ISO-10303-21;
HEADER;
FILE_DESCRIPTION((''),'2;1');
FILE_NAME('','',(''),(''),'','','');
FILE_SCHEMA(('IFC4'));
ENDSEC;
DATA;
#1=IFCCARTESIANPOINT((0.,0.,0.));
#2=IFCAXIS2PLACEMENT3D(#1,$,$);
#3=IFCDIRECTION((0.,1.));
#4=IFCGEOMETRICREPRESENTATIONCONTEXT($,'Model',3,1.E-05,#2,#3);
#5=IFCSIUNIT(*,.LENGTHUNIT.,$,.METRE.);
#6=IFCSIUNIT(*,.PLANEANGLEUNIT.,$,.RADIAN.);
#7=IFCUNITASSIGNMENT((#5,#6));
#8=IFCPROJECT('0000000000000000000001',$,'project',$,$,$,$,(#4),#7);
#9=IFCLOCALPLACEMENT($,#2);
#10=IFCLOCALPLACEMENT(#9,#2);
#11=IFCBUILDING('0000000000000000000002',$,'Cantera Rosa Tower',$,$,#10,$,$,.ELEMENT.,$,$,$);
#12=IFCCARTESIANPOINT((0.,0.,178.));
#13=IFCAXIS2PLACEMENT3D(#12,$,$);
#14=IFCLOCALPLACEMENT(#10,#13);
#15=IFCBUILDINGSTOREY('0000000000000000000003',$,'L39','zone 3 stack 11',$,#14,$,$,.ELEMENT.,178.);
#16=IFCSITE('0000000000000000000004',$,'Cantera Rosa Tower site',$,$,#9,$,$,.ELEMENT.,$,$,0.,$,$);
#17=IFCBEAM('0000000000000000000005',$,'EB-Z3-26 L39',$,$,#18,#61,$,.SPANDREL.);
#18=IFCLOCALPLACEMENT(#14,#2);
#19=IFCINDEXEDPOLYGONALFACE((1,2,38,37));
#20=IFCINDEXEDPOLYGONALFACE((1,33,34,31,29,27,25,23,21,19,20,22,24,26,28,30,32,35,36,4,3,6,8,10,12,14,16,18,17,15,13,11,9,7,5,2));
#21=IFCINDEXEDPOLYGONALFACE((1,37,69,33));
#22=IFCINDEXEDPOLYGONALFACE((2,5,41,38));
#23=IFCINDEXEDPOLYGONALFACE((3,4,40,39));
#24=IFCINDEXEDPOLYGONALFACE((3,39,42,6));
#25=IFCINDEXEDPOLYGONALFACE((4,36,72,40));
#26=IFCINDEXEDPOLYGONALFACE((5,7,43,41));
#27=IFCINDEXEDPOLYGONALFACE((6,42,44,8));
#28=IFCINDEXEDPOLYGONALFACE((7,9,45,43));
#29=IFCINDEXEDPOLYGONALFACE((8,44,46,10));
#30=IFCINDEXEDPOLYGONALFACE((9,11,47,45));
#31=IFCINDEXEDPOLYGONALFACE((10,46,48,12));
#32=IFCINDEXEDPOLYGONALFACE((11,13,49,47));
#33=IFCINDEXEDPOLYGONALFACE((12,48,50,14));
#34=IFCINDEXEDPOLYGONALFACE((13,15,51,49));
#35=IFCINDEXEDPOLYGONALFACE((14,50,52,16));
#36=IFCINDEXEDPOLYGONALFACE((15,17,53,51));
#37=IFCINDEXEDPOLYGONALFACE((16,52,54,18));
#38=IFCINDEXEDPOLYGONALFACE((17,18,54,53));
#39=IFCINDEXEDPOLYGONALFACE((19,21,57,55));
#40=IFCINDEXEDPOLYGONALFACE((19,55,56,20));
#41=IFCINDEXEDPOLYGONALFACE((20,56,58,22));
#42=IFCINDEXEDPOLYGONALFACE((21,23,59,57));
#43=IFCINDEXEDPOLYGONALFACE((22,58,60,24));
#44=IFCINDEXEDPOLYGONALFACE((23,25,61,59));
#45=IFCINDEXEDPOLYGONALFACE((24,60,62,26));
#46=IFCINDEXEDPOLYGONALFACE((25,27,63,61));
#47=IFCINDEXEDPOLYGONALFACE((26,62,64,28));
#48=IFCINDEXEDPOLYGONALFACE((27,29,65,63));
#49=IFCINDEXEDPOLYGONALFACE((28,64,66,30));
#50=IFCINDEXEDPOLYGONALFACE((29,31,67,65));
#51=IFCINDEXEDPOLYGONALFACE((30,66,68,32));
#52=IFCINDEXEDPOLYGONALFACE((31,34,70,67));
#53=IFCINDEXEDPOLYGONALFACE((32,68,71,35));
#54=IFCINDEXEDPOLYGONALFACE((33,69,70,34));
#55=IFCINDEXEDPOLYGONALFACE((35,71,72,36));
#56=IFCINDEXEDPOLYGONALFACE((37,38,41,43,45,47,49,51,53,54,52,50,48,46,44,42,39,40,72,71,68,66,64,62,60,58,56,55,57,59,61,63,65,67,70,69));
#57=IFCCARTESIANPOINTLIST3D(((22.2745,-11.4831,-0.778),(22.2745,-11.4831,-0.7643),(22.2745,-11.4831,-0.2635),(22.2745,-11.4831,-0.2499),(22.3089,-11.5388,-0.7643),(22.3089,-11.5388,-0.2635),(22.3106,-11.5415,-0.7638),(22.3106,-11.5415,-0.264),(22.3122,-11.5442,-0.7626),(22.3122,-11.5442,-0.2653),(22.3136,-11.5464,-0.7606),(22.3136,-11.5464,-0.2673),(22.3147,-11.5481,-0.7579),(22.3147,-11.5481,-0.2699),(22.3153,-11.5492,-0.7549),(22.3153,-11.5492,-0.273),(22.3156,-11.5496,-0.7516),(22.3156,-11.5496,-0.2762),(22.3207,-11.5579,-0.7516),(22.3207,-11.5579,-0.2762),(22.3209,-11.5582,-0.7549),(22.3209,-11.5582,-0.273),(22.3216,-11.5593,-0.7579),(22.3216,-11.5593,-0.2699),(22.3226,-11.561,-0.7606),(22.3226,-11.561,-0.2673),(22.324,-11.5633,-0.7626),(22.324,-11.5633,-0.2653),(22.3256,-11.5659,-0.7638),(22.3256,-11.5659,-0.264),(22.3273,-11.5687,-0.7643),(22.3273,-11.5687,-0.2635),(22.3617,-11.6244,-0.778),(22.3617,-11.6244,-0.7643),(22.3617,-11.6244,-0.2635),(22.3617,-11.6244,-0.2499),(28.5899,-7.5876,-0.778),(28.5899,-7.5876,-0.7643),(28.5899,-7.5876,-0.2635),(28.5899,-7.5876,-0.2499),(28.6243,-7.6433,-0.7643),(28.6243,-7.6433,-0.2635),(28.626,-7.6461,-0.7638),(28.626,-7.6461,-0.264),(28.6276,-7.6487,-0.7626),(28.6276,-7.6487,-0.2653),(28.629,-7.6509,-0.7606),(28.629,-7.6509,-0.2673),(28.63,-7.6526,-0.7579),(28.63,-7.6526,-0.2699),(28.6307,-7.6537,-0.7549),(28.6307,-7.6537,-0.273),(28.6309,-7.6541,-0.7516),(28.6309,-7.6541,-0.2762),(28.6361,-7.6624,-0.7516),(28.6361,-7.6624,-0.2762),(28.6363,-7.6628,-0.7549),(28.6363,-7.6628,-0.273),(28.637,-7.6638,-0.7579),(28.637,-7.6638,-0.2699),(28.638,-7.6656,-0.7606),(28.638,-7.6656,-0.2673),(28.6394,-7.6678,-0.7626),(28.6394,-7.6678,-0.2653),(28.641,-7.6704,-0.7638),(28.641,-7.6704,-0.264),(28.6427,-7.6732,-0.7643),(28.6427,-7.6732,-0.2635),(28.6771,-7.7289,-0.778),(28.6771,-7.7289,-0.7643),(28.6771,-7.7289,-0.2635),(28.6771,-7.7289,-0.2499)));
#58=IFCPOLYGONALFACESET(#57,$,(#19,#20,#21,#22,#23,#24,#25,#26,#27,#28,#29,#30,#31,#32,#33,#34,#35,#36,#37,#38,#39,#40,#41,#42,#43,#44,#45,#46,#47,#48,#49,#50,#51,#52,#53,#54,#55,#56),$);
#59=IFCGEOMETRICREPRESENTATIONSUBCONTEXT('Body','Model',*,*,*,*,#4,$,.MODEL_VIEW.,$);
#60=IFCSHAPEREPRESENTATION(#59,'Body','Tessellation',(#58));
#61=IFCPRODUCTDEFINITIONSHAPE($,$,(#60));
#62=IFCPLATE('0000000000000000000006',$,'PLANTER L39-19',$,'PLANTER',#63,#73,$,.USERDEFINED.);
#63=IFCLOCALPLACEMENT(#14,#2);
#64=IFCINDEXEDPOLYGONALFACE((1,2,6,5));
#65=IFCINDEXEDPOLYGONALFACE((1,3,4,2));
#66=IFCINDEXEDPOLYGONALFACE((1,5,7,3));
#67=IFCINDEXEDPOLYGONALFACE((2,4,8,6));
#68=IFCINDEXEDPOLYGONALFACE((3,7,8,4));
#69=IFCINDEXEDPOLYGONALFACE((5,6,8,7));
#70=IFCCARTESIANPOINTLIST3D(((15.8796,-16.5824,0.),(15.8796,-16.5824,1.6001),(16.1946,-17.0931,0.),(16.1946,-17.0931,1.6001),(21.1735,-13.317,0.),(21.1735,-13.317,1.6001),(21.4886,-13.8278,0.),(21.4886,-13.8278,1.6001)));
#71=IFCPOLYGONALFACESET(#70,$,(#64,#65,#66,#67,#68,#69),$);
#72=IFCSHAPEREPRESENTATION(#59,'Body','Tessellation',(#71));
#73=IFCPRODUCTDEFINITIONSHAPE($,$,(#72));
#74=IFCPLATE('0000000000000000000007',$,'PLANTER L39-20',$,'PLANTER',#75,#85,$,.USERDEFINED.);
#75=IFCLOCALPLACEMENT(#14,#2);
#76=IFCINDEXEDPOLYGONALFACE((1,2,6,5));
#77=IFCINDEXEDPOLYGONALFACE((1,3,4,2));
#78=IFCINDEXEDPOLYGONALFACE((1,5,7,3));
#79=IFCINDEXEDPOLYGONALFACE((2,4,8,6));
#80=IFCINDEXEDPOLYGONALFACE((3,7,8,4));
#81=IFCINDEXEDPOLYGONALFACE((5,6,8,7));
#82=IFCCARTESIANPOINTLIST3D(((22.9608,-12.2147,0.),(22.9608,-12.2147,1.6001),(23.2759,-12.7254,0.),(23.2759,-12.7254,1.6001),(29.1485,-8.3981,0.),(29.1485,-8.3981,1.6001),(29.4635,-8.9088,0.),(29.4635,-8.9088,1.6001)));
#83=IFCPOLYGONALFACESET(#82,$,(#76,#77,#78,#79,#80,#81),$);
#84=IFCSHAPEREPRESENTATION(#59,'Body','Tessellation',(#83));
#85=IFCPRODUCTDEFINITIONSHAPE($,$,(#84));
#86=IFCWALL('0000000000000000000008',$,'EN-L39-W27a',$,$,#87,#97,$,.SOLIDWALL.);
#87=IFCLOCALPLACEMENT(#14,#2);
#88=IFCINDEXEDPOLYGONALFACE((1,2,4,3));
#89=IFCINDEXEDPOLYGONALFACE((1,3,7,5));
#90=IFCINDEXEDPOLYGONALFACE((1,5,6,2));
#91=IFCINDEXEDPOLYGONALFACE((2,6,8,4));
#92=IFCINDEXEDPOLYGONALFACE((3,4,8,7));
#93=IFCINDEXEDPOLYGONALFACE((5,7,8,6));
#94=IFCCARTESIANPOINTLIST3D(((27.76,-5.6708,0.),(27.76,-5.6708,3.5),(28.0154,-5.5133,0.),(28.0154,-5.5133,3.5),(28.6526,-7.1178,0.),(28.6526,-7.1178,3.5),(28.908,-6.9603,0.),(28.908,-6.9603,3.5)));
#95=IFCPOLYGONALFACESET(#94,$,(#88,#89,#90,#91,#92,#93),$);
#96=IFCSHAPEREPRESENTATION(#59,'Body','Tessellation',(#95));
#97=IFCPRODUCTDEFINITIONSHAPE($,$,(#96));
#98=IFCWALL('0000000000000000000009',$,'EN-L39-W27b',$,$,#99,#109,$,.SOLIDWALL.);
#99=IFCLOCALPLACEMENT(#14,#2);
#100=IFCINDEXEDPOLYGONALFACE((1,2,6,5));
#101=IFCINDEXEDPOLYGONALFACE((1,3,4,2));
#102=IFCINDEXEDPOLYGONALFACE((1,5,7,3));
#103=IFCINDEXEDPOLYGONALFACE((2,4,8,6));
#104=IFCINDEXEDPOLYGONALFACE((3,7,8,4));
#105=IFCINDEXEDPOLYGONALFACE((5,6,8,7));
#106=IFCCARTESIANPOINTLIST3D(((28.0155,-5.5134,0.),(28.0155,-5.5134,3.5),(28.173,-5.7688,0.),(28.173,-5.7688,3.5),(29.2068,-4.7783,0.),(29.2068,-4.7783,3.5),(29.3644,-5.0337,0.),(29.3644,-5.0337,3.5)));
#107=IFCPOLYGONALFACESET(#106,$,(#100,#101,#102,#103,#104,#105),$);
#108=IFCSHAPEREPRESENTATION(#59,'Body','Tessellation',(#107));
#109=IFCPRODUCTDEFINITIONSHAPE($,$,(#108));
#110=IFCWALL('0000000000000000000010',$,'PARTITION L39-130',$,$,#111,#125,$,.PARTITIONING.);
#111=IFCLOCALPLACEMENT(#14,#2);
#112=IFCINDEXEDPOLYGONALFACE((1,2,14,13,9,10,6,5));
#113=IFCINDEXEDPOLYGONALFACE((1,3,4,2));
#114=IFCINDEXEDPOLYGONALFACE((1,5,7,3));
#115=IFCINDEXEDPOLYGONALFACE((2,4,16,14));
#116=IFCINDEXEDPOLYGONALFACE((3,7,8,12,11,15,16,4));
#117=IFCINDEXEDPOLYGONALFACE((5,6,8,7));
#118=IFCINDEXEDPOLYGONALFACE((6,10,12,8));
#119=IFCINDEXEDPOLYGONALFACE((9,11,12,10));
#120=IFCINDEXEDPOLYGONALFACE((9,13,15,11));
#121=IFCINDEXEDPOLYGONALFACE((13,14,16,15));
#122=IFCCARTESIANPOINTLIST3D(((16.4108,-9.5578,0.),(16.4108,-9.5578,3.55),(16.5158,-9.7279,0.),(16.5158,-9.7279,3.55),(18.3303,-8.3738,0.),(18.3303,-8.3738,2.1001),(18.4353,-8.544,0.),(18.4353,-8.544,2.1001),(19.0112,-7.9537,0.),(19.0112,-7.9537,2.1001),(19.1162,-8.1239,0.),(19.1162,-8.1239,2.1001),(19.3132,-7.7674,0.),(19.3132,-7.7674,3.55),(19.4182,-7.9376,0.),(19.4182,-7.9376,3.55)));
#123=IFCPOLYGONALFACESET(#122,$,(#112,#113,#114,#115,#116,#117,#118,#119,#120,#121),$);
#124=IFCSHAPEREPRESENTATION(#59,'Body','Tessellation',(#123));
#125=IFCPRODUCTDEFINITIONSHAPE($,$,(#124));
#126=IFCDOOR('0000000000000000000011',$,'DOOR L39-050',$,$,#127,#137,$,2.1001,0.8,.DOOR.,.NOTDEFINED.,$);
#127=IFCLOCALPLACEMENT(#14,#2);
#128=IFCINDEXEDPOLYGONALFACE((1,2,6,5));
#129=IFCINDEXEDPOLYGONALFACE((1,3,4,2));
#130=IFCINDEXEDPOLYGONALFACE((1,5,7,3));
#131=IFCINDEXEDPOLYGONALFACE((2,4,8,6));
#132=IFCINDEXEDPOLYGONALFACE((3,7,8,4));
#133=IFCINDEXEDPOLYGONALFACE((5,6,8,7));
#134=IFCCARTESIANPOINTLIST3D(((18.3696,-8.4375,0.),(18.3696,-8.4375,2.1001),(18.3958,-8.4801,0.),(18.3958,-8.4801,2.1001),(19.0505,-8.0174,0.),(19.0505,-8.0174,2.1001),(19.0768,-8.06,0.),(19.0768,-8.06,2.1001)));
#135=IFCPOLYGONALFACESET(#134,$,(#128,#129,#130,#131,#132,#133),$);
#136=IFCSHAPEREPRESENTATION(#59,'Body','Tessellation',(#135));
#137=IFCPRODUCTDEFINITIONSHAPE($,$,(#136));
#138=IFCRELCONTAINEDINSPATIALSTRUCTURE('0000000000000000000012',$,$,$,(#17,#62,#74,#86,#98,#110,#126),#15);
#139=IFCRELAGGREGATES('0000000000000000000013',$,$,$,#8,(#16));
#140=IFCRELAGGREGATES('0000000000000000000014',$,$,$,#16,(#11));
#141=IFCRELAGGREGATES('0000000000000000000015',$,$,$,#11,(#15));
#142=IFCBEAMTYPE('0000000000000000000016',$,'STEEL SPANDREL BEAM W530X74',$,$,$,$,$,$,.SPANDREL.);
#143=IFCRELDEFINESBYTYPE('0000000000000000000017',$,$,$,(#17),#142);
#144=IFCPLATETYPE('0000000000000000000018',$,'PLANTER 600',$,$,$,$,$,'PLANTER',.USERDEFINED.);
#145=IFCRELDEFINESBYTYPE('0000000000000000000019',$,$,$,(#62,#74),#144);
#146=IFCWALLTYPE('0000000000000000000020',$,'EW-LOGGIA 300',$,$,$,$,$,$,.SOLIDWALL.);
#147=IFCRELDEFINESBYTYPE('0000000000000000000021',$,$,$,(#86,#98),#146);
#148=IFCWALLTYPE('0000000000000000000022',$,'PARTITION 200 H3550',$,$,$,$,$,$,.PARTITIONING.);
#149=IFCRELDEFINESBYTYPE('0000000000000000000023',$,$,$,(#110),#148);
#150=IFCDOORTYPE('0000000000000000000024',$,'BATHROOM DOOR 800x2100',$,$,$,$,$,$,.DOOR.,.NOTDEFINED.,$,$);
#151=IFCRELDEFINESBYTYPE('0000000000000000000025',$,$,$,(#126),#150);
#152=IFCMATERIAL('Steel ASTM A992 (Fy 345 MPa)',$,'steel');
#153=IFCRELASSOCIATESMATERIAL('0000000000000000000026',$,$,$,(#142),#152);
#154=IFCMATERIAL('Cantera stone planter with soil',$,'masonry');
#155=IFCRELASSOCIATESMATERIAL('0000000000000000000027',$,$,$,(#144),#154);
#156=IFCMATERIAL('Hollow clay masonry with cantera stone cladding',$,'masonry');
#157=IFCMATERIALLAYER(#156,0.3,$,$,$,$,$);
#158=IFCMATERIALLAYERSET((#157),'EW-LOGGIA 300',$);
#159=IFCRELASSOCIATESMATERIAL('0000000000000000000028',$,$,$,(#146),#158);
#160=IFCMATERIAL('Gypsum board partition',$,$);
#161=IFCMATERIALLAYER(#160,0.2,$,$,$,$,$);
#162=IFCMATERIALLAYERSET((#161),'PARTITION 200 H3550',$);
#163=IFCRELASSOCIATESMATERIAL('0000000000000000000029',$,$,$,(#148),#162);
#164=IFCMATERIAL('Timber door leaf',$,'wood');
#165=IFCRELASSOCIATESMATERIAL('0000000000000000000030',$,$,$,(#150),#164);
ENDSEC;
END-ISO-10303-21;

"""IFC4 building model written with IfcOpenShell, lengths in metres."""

from ifc_helpers import new_model, si_unit, direction, frame, frame_2d, origin, origin_2d, place, context, subcontext, project, spatial, rectangle, i_section, extrude, material, layer, layer_set, material_profile, profile_set, type_object, element, fill, save


model = new_model("IFC4")

# Units and contexts
model_context = context("Model", 3, precision=1e-05, world=origin(), true_north=direction((0.0, 1.0)))
body_context = subcontext(model_context, "Body", "Model", "MODEL_VIEW")
ifc_project = project(units=[si_unit("LENGTHUNIT", "METRE"), si_unit("PLANEANGLEUNIT", "RADIAN")], contexts=[model_context])

# Site, building, storey
site_placement = place(None, origin())
site = spatial("IfcSite", under=ifc_project, at=site_placement, Name="Cantera Rosa Tower site", CompositionType="ELEMENT", RefElevation=0.0)
building_placement = place(site_placement, origin())
building = spatial("IfcBuilding", under=site, at=building_placement, Name="Cantera Rosa Tower", CompositionType="ELEMENT")
storey_placement = place(building_placement, frame((0.0, 0.0, 178.0)))
storey = spatial("IfcBuildingStorey", under=building, at=storey_placement, Name="L39", Description="zone 3 stack 11", CompositionType="ELEMENT", Elevation=178.0)

# Beam
ifc_material_1 = material(Name="Steel ASTM A992 (Fy 345 MPa)", Category="steel")
ifc_material_profile_1 = material_profile(ifc_material_1, i_section(OverallWidth=0.166, OverallDepth=0.5281, WebThickness=0.0098, FlangeThickness=0.0137, FilletRadius=0.0127, at=origin_2d()), Name="W530X74")
ifc_profile_set_1 = profile_set([ifc_material_profile_1], Name="Steel ASTM A992 (Fy 345 MPa)")
beam_type_1 = type_object("IfcBeamType", Name="STEEL SPANDREL BEAM W530X74", PredefinedType="SPANDREL", material=ifc_profile_set_1)
beam_1_placement = place(storey_placement, frame((22.3181, -11.5537, -0.5139), z_axis=(0.851111, 0.524986, 0.0), x_axis=(-0.524986, 0.851111, 0.0)))
element("IfcBeam", 1, at=beam_1_placement, inside=storey, type_object=beam_type_1, Name="EB-Z3-26 L39", PredefinedType="SPANDREL", context=body_context, shape_type="SweptSolid", body=[
    extrude(i_section(OverallWidth=0.166, OverallDepth=0.5281, WebThickness=0.0098, FlangeThickness=0.0137, FilletRadius=0.0127, at=origin_2d()), origin(), (0.0, 0.0, 1.0), 7.4202),
])

# Plates
ifc_material_2 = material(Name="Cantera stone planter with soil", Category="masonry")
plate_type = type_object("IfcPlateType", Name="PLANTER 600", ElementType="PLANTER", PredefinedType="USERDEFINED", material=ifc_material_2)
plate_1_placement = place(storey_placement, frame((18.6841, -15.2051, 0.0), z_axis=(0.0, 0.0, 1.0), x_axis=(0.851117, 0.524977, 0.0)))
element("IfcPlate", 2, at=plate_1_placement, inside=storey, type_object=plate_type, Name="PLANTER L39-19", ObjectType="PLANTER", PredefinedType="USERDEFINED", context=body_context, shape_type="SweptSolid", body=[
    extrude(rectangle(XDim=6.22, YDim=0.6001, at=origin_2d()), origin(), (0.0, 0.0, 1.0), 1.6001),
])
plate_2_placement = place(storey_placement, frame((26.2122, -10.5618, 0.0), z_axis=(0.0, 0.0, 1.0), x_axis=(0.851117, 0.524977, 0.0)))
element("IfcPlate", 3, at=plate_2_placement, inside=storey, type_object=plate_type, Name="PLANTER L39-20", ObjectType="PLANTER", PredefinedType="USERDEFINED", context=body_context, shape_type="SweptSolid", body=[
    extrude(rectangle(XDim=7.27, YDim=0.6001, at=origin_2d()), origin(), (0.0, 0.0, 1.0), 1.6001),
])

# Walls
ifc_material_3 = material(Name="Hollow clay masonry with cantera stone cladding", Category="masonry")
ifc_layer_1 = layer(ifc_material_3, 0.3)
ifc_layer_set_1 = layer_set([ifc_layer_1], Name="EW-LOGGIA 300")
wall_type_1 = type_object("IfcWallType", Name="EW-LOGGIA 300", PredefinedType="SOLIDWALL", material=ifc_layer_set_1)
wall_1_placement = place(storey_placement, frame((28.7803, -7.0391, 0.0), z_axis=(0.0, 0.0, 1.0), x_axis=(-0.524994, 0.851106, 0.0)))
element("IfcWall", 4, at=wall_1_placement, inside=storey, type_object=wall_type_1, Name="EN-L39-W27a", PredefinedType="SOLIDWALL", context=body_context, shape_type="SweptSolid", body=[
    extrude(rectangle(XDim=1.7002, YDim=0.3, at=frame_2d((0.8501, 0.0))), origin(), (0.0, 0.0, 1.0), 3.5),
])
wall_2_placement = place(storey_placement, frame((28.0942, -5.6411, 0.0), z_axis=(0.0, 0.0, 1.0), x_axis=(0.851041, 0.525099, 0.0)))
element("IfcWall", 5, at=wall_2_placement, inside=storey, type_object=wall_type_1, Name="EN-L39-W27b", PredefinedType="SOLIDWALL", context=body_context, shape_type="SweptSolid", body=[
    extrude(rectangle(XDim=1.3999, YDim=0.3, at=frame_2d((0.7, 0.0))), origin(), (0.0, 0.0, 1.0), 3.5),
])

# Wall, opening, door
ifc_material_4 = material(Name="Gypsum board partition")
ifc_layer_2 = layer(ifc_material_4, 0.2)
ifc_layer_set_2 = layer_set([ifc_layer_2], Name="PARTITION 200 H3550")
wall_type_2 = type_object("IfcWallType", Name="PARTITION 200 H3550", PredefinedType="PARTITIONING", material=ifc_layer_set_2)
wall_3_placement = place(storey_placement, frame((19.3657, -7.8525, 0.0), z_axis=(0.0, 0.0, 1.0), x_axis=(-0.851105, -0.524996, 0.0)))
wall_3 = element("IfcWall", 6, at=wall_3_placement, inside=storey, type_object=wall_type_2, Name="PARTITION L39-130", PredefinedType="PARTITIONING", context=body_context, shape_type="SweptSolid", body=[
    extrude(rectangle(XDim=3.4102, YDim=0.2, at=frame_2d((1.7051, 0.0))), origin(), (0.0, 0.0, 1.0), 3.55),
])
opening_1_placement = place(wall_3_placement, frame((0.355, 0.0, 0.0)))
opening_1 = element("IfcOpeningElement", 7, at=opening_1_placement, cuts=wall_3, PredefinedType="OPENING", context=body_context, shape_type="SweptSolid", body=[
    extrude(rectangle(XDim=0.8, YDim=2.1001, at=frame_2d((0.3999, 1.05))), frame((0.0, 0.1099, 0.0), z_axis=(0.0, -1.0, 0.0), x_axis=(1.0, 0.0, 0.0)), (0.0, 0.0, 1.0), 0.22),
])
ifc_material_5 = material(Name="Timber door leaf", Category="wood")
door_type_1 = type_object("IfcDoorType", Name="BATHROOM DOOR 800x2100", OperationType="NOTDEFINED", PredefinedType="DOOR", material=ifc_material_5)
door_1_placement = place(opening_1_placement, origin())
door_1 = element("IfcDoor", 8, at=door_1_placement, inside=storey, type_object=door_type_1, Name="DOOR L39-050", OperationType="NOTDEFINED", OverallHeight=2.1001, OverallWidth=0.8, PredefinedType="DOOR", context=body_context, shape_type="SweptSolid", body=[
    extrude(rectangle(XDim=0.8, YDim=2.1001, at=frame_2d((0.3999, 1.05))), frame((0.0, 0.0249, 0.0), z_axis=(0.0, -1.0, 0.0), x_axis=(1.0, 0.0, 0.0)), (0.0, 0.0, 1.0), 0.05),
])
fill(opening_1, door_1)

save(model, "model.ifc")
